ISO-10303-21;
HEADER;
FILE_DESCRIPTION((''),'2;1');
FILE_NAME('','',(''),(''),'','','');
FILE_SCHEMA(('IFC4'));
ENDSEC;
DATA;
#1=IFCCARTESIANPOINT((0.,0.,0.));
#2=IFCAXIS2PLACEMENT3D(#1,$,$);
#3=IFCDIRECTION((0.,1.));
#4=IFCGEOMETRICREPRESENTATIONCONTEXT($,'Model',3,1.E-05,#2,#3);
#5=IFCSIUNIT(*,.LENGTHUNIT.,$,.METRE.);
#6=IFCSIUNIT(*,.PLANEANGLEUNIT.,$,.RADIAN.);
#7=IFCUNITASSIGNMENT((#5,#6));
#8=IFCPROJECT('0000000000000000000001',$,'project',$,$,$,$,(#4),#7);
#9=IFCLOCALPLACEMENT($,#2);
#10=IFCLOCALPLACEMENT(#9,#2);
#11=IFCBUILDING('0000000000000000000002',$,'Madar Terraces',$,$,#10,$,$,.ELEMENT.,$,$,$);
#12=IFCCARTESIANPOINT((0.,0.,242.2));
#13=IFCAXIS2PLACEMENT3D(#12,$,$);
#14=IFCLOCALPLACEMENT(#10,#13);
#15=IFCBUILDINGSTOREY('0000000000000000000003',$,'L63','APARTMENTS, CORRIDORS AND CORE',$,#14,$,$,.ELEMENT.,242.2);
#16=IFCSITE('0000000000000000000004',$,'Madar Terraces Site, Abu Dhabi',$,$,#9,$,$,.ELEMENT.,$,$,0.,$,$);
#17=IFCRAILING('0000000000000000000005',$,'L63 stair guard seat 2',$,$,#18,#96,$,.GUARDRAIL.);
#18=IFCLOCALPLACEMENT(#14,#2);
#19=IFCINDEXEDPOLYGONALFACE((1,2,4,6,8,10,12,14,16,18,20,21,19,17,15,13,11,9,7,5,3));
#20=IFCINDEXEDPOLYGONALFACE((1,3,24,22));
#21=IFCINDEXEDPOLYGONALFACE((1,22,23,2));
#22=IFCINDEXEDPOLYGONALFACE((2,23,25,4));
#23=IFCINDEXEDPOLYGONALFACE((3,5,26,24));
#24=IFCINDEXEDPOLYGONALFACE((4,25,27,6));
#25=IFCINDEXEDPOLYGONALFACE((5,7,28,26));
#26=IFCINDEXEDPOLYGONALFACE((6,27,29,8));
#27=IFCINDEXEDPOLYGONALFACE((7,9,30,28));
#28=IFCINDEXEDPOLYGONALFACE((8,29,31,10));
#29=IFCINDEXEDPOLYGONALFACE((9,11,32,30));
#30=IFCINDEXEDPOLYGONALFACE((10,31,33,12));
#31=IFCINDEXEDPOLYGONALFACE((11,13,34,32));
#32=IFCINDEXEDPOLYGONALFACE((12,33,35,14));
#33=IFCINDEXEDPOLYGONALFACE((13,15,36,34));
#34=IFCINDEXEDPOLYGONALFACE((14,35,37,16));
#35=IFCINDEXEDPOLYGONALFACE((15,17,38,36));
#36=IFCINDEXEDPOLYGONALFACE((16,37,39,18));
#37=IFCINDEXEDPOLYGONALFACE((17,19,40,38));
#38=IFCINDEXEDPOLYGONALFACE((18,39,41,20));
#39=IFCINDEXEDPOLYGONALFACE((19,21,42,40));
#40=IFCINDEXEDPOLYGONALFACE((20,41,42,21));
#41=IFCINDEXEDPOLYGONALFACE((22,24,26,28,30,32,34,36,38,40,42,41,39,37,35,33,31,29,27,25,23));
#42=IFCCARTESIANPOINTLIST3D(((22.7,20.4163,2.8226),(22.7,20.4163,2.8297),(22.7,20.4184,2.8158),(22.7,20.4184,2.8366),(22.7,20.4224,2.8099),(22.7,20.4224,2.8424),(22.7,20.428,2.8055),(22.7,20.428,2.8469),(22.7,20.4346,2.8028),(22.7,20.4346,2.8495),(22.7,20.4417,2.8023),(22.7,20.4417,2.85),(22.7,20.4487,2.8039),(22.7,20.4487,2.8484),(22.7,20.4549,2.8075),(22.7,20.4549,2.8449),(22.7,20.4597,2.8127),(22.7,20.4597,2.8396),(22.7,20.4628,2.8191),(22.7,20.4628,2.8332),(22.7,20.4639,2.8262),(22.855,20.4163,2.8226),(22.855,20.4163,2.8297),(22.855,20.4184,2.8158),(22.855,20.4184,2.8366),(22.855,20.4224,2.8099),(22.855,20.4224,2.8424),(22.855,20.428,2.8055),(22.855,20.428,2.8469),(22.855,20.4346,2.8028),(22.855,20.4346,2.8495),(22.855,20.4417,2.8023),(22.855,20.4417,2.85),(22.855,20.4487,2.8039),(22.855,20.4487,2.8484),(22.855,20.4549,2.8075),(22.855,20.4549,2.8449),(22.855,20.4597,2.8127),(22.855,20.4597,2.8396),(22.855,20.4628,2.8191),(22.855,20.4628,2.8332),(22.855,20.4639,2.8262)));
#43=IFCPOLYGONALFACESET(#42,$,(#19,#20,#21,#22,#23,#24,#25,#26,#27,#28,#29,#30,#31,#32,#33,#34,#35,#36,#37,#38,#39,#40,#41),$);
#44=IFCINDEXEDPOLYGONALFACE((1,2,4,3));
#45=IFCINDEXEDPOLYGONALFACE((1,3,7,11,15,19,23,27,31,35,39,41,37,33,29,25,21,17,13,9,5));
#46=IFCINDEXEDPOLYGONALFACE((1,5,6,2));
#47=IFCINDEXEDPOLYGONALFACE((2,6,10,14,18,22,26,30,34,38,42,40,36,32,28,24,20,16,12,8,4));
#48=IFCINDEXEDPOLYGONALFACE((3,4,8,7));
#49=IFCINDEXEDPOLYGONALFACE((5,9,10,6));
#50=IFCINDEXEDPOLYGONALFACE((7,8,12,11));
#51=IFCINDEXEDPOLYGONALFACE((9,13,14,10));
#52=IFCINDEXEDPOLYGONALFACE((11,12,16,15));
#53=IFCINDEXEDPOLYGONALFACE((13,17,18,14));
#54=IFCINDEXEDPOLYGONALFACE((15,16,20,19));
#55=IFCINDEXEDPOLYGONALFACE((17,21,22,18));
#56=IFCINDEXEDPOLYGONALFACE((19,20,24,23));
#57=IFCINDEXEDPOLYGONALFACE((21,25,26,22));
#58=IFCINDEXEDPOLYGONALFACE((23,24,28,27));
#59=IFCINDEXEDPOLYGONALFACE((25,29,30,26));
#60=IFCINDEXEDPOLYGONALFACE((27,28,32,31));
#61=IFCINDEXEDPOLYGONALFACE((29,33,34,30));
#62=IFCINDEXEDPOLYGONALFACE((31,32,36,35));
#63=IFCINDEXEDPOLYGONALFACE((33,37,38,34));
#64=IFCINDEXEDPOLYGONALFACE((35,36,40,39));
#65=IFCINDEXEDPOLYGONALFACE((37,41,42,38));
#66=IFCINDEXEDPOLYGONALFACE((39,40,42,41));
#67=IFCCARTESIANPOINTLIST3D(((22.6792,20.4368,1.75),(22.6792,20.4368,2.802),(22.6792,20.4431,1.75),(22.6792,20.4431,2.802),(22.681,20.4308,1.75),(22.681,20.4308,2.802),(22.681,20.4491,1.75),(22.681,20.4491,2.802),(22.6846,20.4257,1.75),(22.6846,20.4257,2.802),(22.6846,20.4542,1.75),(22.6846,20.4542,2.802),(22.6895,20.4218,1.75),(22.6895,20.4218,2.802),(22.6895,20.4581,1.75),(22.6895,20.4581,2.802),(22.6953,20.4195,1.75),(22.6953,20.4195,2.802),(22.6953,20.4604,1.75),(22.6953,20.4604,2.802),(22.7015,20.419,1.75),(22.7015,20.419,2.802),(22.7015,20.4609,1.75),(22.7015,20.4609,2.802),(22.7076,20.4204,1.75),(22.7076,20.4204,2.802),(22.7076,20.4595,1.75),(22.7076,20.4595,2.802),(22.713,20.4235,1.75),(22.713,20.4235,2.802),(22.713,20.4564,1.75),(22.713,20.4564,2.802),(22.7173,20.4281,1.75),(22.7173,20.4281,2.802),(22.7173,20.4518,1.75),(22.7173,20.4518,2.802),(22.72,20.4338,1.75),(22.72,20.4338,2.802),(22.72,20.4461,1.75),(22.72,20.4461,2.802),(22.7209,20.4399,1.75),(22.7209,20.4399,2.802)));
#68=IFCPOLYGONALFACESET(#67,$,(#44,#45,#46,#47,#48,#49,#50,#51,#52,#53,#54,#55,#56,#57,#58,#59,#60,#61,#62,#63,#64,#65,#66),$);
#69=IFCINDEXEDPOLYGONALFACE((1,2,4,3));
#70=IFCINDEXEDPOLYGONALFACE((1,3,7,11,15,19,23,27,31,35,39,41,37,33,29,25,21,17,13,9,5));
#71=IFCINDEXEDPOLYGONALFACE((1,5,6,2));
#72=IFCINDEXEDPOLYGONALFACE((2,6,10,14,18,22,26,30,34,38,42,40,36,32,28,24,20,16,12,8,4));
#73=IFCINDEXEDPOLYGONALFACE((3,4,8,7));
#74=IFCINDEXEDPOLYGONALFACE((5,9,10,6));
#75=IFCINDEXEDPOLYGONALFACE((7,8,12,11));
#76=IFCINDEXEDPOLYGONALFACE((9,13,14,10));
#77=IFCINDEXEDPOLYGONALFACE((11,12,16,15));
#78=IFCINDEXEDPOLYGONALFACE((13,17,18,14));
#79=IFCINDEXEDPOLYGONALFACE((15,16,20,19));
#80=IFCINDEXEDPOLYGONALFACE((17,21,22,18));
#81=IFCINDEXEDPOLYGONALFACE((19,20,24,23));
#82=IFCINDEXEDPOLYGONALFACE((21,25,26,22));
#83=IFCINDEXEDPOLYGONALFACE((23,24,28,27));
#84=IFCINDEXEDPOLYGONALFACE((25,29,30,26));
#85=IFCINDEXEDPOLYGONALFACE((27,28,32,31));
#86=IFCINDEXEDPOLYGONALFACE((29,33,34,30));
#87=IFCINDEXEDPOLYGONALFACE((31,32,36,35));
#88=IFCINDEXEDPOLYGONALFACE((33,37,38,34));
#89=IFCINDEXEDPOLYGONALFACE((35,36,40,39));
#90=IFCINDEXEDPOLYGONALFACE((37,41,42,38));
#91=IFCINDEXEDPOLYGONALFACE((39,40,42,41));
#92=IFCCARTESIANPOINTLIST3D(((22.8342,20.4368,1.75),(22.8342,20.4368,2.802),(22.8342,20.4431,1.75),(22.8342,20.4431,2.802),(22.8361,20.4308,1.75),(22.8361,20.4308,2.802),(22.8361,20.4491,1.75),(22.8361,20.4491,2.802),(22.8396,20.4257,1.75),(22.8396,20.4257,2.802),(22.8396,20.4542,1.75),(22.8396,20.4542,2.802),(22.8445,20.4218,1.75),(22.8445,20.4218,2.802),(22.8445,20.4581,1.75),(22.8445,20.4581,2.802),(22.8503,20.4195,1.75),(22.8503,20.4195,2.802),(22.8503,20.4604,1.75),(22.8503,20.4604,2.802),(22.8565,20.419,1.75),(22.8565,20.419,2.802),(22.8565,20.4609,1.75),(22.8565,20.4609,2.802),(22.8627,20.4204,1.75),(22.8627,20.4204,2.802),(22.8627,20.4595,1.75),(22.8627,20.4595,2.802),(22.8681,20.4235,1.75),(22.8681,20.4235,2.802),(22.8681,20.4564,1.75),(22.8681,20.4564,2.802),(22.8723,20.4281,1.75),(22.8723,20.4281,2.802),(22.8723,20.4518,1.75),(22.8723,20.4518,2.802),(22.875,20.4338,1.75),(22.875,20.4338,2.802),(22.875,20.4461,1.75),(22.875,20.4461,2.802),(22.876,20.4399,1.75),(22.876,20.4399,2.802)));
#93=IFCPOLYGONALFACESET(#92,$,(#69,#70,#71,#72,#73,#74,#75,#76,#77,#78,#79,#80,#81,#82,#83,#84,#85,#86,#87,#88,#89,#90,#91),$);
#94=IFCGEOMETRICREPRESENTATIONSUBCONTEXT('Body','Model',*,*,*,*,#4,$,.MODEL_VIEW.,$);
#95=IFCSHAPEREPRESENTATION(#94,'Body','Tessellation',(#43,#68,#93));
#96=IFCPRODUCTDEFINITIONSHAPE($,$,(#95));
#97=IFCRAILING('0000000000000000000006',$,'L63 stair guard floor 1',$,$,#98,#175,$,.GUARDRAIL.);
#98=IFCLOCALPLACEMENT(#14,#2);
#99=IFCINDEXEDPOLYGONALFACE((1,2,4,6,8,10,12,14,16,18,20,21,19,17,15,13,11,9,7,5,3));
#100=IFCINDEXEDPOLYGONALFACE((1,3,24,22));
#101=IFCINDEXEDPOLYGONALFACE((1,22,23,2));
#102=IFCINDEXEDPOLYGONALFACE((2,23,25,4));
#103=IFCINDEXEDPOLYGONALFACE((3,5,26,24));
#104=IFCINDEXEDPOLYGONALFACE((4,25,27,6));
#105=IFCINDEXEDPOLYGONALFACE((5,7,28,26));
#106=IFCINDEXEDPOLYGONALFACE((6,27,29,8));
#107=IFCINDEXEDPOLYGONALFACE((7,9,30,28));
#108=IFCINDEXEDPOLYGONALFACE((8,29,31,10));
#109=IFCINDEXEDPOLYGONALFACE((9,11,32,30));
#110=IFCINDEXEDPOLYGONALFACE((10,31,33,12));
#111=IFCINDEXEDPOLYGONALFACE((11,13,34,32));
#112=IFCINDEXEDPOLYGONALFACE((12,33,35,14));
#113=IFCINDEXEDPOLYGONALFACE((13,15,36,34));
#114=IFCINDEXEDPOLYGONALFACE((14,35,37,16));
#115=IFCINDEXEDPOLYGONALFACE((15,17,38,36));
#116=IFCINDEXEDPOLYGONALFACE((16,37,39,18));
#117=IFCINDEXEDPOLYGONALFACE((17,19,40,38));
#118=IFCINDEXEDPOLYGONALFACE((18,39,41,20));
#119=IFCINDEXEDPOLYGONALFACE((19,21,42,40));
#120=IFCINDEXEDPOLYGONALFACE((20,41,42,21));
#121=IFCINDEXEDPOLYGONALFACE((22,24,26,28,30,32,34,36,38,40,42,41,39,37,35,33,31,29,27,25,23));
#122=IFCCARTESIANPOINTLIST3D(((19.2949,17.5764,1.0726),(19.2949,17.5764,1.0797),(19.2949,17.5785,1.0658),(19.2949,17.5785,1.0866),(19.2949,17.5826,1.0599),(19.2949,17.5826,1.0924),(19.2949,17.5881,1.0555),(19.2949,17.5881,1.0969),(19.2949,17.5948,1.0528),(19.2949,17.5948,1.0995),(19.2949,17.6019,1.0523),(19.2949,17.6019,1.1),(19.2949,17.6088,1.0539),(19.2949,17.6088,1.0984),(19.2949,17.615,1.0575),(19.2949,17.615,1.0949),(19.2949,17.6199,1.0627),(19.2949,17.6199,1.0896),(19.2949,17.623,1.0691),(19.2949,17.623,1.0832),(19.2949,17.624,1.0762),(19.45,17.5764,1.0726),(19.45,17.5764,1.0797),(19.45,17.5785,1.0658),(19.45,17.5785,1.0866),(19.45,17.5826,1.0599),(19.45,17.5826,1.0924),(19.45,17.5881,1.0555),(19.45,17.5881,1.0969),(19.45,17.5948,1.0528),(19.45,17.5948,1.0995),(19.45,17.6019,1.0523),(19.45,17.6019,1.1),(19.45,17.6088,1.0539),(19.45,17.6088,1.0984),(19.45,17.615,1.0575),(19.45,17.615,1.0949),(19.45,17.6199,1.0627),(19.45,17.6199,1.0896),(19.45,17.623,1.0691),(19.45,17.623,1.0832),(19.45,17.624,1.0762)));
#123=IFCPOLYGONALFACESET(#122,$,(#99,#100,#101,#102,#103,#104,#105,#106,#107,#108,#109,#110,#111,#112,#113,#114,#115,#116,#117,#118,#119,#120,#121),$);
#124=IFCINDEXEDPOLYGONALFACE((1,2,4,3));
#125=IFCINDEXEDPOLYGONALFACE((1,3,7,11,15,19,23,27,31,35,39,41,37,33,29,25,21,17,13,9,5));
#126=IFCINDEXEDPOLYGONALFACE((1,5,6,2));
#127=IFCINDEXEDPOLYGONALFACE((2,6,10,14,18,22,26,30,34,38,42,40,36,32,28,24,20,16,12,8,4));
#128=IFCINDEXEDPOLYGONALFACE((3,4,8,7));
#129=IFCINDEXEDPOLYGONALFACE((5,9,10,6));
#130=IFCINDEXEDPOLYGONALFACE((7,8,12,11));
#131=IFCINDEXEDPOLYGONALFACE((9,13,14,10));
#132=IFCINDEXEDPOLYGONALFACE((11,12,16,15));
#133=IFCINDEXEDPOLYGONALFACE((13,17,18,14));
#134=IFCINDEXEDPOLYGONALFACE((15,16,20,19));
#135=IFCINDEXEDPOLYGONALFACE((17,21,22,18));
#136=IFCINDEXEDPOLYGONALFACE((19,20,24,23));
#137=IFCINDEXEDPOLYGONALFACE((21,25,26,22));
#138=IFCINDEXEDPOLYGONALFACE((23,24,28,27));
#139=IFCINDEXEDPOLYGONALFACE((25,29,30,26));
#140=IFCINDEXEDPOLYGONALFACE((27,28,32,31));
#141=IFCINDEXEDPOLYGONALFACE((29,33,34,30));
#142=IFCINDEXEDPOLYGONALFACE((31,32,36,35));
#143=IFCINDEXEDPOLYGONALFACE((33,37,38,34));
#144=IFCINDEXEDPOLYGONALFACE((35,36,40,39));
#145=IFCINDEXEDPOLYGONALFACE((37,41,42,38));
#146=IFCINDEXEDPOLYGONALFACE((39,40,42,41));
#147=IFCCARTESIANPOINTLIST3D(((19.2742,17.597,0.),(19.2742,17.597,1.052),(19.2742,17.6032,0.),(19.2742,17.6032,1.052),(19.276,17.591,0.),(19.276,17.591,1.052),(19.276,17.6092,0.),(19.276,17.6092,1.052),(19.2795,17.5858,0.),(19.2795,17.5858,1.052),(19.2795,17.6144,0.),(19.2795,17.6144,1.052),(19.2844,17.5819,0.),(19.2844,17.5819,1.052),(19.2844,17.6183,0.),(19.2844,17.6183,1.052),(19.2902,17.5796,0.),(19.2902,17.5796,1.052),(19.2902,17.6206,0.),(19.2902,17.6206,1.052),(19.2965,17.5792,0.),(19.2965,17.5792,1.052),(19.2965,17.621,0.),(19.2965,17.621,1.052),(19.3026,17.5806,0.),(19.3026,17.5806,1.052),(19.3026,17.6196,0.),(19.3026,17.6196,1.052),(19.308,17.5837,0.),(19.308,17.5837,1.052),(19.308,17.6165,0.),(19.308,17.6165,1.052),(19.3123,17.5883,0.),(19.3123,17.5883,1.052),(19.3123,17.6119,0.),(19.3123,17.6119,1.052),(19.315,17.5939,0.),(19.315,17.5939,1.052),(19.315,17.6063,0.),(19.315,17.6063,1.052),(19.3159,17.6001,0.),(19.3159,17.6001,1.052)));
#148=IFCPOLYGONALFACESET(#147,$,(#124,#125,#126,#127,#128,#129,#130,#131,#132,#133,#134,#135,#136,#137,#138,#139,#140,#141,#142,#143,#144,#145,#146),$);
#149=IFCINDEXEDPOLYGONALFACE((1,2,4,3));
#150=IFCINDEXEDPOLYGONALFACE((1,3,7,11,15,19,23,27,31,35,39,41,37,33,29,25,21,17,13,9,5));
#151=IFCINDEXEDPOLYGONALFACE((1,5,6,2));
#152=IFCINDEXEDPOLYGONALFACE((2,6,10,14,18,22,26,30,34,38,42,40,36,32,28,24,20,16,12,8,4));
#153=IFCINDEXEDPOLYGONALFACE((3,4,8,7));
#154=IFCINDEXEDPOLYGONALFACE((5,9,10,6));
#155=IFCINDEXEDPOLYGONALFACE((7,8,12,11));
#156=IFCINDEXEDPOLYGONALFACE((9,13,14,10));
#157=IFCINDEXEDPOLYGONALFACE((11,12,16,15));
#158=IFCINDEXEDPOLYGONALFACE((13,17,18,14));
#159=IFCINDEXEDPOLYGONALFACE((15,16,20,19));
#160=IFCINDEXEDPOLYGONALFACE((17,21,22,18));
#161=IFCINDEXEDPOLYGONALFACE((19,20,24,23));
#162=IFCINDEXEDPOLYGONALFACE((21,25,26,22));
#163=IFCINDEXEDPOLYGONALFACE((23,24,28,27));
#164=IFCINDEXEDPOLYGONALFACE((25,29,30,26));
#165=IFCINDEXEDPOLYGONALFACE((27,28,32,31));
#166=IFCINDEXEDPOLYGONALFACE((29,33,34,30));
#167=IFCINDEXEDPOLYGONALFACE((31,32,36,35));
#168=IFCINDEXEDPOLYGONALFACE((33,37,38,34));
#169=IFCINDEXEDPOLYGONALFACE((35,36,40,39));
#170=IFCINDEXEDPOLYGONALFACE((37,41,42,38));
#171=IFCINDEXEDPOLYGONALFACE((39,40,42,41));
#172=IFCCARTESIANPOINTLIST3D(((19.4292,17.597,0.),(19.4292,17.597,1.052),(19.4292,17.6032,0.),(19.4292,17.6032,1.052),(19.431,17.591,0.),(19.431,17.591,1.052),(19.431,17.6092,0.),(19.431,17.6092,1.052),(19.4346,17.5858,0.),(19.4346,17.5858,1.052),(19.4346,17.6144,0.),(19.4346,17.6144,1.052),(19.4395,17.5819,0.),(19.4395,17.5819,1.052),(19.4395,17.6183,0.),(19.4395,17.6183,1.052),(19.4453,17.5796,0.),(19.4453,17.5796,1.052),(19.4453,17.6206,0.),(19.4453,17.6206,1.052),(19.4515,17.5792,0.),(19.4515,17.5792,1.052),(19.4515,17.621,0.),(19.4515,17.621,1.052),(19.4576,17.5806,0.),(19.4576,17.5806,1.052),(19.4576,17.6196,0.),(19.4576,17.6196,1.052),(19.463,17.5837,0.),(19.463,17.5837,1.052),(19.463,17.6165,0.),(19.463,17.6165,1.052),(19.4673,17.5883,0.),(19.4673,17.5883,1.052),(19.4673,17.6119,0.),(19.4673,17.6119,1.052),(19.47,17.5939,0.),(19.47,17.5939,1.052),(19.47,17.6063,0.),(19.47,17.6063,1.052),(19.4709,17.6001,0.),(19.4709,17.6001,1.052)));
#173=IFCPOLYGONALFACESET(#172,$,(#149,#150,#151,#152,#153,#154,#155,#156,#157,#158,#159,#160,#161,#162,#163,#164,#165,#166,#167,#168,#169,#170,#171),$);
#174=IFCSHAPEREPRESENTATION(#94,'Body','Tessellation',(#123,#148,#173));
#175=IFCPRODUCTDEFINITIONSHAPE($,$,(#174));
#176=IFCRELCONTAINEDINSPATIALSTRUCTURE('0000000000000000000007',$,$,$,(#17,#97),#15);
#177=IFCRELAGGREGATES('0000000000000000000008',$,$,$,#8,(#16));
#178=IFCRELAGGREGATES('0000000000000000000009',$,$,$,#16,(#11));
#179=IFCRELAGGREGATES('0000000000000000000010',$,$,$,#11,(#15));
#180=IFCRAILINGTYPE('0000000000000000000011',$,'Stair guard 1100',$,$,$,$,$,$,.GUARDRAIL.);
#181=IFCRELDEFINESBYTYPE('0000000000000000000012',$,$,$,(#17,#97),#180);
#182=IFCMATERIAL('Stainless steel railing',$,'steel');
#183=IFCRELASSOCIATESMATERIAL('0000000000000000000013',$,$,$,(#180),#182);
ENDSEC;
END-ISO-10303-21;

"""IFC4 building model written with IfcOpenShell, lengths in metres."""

from ifc_helpers import new_model, si_unit, direction, frame, origin, origin_2d, place, context, subcontext, project, spatial, circle, extrude, material, type_object, element, save


model = new_model("IFC4")

# Units and contexts
model_context = context("Model", 3, precision=1e-05, world=origin(), true_north=direction((0.0, 1.0)))
body_context = subcontext(model_context, "Body", "Model", "MODEL_VIEW")
ifc_project = project(units=[si_unit("LENGTHUNIT", "METRE"), si_unit("PLANEANGLEUNIT", "RADIAN")], contexts=[model_context])

# Site, building, storey
site_placement = place(None, origin())
site = spatial("IfcSite", under=ifc_project, at=site_placement, Name="Madar Terraces Site, Abu Dhabi", CompositionType="ELEMENT", RefElevation=0.0)
building_placement = place(site_placement, origin())
building = spatial("IfcBuilding", under=site, at=building_placement, Name="Madar Terraces", CompositionType="ELEMENT")
storey_placement = place(building_placement, frame((0.0, 0.0, 242.2)))
storey = spatial("IfcBuildingStorey", under=building, at=storey_placement, Name="L63", Description="APARTMENTS, CORRIDORS AND CORE", CompositionType="ELEMENT", Elevation=242.2)

# Railings
ifc_material_1 = material(Name="Stainless steel railing", Category="steel")
railing_type_1 = type_object("IfcRailingType", Name="Stair guard 1100", PredefinedType="GUARDRAIL", material=ifc_material_1)
for number, where, name in (
    (1, (22.7, 20.4399, 1.75), "L63 stair guard seat 2"),
    (2, (19.2949, 17.6001, 0.0), "L63 stair guard floor 1"),
):
    element("IfcRailing", number, at=place(storey_placement, frame(where)), inside=storey, type_object=railing_type_1, Name=name, PredefinedType="GUARDRAIL", context=body_context, shape_type="SweptSolid", body=[
        extrude(circle(Radius=0.0239, at=origin_2d()), frame((0.0, 0.0, 1.0762), z_axis=(1.0, 0.0, 0.0), x_axis=(0.0, 1.0, 0.0)), (0.0, 0.0, 1.0), 0.155),
        extrude(circle(Radius=0.021, at=origin_2d()), origin(), (0.0, 0.0, 1.0), 1.052),
        extrude(circle(Radius=0.021, at=origin_2d()), frame((0.155, 0.0, 0.0)), (0.0, 0.0, 1.0), 1.052),
    ])

save(model, "model.ifc")
